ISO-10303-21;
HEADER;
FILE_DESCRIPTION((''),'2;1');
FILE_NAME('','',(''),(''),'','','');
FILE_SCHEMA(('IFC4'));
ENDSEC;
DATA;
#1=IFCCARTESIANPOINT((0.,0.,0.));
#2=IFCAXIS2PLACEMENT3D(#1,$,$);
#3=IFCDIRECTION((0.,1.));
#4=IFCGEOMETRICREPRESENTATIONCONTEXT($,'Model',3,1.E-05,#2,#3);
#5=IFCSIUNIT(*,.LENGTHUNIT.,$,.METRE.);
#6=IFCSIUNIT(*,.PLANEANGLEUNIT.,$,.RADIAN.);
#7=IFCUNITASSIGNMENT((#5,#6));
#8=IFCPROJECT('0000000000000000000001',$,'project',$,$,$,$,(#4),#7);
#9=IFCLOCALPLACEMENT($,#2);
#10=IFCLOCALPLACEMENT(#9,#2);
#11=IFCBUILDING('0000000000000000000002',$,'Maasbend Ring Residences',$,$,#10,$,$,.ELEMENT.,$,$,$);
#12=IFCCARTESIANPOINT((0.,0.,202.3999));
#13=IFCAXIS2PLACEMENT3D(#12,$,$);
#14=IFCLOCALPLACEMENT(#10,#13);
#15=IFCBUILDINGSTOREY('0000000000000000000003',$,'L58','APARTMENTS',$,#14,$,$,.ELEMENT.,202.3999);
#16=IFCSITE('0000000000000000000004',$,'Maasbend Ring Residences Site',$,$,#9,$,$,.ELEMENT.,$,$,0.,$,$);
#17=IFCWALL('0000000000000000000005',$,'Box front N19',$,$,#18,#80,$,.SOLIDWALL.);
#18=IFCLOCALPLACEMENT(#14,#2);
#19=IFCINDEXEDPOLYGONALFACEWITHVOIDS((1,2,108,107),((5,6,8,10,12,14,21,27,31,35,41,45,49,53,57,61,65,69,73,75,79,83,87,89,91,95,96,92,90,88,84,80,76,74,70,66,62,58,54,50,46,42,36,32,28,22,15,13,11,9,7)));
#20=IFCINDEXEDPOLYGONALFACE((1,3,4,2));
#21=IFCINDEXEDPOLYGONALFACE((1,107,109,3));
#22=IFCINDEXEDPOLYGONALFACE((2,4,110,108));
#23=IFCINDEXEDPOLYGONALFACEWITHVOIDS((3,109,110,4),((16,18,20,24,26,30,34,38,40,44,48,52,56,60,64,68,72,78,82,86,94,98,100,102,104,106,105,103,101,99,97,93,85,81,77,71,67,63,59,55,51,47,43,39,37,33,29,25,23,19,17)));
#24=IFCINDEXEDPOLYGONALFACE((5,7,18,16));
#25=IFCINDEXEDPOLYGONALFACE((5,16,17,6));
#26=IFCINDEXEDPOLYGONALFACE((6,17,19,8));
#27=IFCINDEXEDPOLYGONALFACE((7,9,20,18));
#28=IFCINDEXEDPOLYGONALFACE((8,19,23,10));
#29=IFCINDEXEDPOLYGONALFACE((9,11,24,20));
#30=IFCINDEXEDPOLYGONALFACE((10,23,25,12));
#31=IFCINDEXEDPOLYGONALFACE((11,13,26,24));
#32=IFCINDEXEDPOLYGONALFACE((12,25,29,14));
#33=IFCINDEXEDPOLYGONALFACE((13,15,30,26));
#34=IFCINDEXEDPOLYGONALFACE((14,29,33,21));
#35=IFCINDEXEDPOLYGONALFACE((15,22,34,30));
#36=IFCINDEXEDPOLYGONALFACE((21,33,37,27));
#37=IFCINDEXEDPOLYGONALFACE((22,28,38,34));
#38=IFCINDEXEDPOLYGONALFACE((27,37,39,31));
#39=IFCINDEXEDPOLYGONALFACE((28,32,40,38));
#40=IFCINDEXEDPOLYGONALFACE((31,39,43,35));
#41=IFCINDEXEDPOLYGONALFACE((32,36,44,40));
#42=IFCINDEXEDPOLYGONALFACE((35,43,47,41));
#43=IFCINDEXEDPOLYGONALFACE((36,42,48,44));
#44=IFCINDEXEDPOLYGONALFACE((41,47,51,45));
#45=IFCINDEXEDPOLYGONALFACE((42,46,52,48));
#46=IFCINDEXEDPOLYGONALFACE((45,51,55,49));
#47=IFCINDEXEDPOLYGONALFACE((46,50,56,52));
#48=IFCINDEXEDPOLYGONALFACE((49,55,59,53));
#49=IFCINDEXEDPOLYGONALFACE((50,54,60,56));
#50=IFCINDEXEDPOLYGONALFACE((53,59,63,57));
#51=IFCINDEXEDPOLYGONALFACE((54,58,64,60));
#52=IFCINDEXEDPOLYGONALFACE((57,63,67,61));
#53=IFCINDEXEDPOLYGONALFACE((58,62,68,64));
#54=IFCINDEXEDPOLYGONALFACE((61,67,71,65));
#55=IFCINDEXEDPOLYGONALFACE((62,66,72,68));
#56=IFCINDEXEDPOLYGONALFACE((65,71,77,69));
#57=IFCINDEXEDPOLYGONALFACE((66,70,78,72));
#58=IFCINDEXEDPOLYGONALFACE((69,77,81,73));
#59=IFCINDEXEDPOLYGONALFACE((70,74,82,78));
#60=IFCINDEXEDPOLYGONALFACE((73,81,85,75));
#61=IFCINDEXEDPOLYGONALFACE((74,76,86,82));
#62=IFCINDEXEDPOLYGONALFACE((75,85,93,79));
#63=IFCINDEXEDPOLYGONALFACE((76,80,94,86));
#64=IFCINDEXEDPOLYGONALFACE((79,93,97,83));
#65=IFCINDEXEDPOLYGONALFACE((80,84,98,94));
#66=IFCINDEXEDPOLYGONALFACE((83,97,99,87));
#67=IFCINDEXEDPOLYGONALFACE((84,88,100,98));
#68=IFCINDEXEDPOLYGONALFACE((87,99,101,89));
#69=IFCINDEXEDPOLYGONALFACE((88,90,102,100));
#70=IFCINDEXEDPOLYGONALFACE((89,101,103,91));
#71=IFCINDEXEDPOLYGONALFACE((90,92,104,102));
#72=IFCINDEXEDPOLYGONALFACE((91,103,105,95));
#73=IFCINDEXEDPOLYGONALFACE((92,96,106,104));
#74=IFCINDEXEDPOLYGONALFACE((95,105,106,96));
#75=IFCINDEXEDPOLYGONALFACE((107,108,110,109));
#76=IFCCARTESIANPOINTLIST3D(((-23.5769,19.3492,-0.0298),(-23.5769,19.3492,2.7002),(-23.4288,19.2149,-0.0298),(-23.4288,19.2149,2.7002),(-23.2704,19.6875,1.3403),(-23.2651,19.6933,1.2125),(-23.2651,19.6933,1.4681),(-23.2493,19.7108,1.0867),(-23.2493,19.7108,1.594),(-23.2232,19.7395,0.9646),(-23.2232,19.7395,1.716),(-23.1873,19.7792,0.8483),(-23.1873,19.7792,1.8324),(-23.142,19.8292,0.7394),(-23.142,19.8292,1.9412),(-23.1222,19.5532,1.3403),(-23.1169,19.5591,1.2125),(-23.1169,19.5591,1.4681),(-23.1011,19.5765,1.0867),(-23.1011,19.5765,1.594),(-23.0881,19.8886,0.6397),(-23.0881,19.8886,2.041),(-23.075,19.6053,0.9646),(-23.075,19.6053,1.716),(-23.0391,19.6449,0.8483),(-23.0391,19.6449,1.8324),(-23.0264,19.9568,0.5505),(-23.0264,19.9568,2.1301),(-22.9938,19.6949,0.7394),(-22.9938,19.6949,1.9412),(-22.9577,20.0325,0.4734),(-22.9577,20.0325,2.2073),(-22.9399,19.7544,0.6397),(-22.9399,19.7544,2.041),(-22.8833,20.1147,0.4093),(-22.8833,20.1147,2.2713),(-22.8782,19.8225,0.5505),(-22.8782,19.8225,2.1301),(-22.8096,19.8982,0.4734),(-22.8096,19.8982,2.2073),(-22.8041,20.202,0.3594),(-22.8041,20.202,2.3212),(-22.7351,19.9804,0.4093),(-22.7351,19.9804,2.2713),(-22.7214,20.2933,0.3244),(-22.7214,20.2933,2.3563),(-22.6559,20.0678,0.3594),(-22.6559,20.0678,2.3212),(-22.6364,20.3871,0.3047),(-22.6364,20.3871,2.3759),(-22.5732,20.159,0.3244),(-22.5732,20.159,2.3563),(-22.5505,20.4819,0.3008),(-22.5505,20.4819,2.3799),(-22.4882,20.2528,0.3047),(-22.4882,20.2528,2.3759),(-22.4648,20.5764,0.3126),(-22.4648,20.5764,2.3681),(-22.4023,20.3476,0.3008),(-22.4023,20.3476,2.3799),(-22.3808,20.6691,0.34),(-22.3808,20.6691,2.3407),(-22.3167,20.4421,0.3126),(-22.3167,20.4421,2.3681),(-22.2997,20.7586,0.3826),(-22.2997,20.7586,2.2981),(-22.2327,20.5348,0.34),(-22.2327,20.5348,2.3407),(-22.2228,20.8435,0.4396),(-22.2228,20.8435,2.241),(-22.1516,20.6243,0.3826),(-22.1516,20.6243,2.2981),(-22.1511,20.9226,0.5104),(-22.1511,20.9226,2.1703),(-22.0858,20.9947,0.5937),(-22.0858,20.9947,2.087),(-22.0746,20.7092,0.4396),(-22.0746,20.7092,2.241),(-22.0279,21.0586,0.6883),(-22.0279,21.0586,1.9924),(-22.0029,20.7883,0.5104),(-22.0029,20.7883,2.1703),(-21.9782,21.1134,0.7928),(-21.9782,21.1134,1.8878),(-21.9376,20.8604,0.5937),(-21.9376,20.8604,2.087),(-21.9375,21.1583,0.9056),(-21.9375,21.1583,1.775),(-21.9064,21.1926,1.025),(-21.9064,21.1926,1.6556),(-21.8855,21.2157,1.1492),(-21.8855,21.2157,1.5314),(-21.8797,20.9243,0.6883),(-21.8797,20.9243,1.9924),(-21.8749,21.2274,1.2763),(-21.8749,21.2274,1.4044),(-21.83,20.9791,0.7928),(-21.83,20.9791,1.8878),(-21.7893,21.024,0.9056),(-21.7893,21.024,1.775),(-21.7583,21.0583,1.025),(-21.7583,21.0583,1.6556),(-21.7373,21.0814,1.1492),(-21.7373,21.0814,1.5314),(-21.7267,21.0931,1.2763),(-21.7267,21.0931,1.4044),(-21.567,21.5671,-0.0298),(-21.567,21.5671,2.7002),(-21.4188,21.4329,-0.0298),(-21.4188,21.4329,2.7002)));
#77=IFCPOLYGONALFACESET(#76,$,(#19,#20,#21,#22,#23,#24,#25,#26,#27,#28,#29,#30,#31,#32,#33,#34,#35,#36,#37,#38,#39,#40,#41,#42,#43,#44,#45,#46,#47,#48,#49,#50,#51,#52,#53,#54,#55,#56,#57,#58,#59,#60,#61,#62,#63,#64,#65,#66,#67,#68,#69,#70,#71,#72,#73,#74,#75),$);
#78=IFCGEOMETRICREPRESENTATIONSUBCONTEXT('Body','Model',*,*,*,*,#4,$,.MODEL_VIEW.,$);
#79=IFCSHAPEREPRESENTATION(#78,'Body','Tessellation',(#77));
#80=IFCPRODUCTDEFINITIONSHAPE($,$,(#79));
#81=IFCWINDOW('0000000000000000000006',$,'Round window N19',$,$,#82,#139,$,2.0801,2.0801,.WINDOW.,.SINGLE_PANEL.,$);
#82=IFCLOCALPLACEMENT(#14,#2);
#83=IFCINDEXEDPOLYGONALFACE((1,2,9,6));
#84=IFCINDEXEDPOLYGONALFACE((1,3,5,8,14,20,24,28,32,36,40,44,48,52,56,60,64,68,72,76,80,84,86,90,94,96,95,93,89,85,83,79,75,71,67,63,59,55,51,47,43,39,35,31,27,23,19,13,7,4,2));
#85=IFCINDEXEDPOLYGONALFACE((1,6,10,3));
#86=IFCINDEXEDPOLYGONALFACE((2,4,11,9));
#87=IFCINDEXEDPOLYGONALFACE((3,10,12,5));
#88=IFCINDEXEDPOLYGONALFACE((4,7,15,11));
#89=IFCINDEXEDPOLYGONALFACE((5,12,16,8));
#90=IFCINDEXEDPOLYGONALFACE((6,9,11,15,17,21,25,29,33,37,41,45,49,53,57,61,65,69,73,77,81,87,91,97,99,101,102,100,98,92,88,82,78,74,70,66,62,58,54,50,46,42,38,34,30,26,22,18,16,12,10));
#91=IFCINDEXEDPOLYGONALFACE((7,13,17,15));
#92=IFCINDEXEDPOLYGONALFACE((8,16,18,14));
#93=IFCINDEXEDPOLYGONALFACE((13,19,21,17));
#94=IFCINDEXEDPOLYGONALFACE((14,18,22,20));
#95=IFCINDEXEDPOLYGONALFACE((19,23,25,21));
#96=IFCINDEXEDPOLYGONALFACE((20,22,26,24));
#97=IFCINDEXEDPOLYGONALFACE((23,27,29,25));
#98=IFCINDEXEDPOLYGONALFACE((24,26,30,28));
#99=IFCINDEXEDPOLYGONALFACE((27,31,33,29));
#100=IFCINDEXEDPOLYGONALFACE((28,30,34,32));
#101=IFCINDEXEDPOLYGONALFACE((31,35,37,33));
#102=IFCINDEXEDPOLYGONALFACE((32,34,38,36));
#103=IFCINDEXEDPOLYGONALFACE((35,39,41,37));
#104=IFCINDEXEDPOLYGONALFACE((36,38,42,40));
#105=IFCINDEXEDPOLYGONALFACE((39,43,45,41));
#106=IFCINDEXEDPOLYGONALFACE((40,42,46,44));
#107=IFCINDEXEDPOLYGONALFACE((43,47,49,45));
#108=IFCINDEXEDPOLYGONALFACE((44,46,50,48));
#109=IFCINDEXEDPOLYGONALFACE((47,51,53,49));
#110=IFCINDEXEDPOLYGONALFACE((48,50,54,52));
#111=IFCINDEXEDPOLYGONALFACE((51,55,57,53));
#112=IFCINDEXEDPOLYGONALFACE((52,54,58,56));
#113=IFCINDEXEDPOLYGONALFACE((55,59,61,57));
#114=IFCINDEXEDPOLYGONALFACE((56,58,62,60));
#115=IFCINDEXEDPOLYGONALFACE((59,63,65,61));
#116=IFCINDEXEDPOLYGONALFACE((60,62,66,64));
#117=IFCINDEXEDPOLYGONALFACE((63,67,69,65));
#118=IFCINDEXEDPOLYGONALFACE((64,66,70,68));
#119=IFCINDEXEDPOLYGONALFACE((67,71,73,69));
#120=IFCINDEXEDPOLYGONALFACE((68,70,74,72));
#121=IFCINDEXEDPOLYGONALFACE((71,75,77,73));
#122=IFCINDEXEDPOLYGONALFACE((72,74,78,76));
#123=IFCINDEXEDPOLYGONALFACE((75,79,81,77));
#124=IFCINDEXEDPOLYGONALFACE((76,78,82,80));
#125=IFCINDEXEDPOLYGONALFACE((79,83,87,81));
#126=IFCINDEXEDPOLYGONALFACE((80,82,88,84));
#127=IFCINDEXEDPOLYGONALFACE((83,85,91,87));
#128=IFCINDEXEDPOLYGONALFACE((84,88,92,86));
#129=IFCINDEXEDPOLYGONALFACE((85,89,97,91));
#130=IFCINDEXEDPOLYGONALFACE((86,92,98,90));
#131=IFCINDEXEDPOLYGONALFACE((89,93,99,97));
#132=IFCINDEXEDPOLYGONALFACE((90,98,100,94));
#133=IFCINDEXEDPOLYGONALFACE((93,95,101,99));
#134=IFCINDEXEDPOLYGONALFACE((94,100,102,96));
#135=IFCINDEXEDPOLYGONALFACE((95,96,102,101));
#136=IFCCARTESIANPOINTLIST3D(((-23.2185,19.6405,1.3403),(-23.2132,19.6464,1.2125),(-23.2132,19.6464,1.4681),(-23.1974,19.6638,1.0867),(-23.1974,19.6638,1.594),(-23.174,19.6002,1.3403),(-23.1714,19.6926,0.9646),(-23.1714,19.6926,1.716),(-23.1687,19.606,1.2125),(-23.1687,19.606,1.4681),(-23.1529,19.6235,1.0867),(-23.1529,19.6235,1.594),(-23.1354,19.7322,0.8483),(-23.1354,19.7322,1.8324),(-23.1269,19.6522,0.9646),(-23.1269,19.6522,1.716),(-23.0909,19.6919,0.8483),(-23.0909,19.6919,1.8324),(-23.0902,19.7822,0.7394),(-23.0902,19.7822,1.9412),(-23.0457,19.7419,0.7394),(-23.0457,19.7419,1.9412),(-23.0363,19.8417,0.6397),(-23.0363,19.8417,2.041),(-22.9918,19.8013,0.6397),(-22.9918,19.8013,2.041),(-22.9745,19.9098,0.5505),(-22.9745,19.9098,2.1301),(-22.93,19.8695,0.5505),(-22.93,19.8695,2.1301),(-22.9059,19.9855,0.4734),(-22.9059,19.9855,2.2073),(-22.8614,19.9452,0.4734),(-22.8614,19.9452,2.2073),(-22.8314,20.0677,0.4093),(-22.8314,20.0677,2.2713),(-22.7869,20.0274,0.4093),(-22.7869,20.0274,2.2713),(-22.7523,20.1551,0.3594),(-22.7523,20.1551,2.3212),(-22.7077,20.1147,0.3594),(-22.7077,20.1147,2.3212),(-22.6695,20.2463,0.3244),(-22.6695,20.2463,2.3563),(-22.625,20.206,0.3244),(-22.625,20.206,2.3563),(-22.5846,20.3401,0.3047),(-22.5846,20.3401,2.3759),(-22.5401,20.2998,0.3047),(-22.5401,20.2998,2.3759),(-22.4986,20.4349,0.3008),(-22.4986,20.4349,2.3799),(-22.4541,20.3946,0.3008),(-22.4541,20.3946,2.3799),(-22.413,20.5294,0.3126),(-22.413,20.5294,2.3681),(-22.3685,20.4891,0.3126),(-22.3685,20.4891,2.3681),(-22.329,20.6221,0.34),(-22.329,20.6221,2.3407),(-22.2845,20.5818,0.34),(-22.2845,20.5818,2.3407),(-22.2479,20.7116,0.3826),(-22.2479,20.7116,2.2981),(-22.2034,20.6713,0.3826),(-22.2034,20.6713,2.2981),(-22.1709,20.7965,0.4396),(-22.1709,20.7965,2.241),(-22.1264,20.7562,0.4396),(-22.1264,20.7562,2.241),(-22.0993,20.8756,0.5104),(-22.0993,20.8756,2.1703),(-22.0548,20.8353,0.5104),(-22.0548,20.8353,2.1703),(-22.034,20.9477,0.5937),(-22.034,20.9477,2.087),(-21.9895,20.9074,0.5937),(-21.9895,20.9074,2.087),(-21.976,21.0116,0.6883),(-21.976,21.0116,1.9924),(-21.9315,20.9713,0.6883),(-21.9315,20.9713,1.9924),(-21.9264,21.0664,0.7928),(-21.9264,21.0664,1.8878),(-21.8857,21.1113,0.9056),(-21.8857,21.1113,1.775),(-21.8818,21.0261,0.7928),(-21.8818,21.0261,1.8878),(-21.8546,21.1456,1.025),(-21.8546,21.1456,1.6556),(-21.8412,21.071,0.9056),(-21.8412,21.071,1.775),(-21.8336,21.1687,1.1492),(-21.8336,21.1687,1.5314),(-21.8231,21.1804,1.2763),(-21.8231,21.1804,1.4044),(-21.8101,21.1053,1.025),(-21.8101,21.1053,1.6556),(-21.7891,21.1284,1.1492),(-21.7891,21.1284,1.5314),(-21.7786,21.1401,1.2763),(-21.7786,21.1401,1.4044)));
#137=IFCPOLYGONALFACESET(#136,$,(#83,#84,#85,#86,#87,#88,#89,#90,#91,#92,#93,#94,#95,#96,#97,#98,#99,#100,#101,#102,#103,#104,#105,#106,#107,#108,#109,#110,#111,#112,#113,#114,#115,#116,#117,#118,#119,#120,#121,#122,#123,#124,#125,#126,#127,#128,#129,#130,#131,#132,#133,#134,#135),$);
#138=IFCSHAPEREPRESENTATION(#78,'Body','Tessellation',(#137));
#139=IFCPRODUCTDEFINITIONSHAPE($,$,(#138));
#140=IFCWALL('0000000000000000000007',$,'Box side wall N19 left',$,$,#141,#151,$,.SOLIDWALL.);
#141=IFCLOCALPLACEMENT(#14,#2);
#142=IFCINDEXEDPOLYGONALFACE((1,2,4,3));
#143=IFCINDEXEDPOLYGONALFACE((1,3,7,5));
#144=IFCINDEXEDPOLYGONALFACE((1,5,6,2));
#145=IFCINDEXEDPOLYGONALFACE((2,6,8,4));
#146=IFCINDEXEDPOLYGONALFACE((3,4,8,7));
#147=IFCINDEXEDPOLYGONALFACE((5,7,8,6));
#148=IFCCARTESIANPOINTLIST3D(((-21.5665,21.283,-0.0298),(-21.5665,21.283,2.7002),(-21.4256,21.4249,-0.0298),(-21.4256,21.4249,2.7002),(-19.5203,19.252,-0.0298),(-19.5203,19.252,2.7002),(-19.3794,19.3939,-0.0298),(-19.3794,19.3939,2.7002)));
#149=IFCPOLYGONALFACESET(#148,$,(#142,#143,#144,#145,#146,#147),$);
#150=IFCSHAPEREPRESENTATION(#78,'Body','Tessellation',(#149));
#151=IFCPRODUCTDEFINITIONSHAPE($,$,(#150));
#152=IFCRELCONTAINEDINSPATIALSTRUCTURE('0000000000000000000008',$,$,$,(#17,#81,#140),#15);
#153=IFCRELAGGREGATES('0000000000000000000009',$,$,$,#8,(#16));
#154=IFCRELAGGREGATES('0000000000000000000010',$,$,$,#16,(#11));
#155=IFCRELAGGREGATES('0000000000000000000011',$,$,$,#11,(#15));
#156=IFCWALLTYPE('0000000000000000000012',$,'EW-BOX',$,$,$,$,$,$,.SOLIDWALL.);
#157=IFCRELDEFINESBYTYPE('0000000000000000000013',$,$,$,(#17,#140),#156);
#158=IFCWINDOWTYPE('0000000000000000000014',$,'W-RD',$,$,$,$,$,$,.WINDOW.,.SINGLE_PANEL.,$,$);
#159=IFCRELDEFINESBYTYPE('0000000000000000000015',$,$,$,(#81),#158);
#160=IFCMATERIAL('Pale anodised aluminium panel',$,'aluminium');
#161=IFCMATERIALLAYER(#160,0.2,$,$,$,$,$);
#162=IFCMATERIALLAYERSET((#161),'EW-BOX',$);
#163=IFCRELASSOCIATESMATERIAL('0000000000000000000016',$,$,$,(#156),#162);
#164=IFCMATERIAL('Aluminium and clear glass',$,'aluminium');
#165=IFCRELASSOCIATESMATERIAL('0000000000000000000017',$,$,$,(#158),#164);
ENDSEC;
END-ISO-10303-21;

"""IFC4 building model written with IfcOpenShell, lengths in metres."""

from ifc_helpers import new_model, si_unit, direction, frame, frame_2d, origin, place, context, subcontext, project, spatial, rectangle, circle, extrude, material, layer, layer_set, type_object, element, fill, save


model = new_model("IFC4")

# Units and contexts
model_context = context("Model", 3, precision=1e-05, world=origin(), true_north=direction((0.0, 1.0)))
body_context = subcontext(model_context, "Body", "Model", "MODEL_VIEW")
ifc_project = project(units=[si_unit("LENGTHUNIT", "METRE"), si_unit("PLANEANGLEUNIT", "RADIAN")], contexts=[model_context])

# Site, building, storey
site_placement = place(None, origin())
site = spatial("IfcSite", under=ifc_project, at=site_placement, Name="Maasbend Ring Residences Site", CompositionType="ELEMENT", RefElevation=0.0)
building_placement = place(site_placement, origin())
building = spatial("IfcBuilding", under=site, at=building_placement, Name="Maasbend Ring Residences", CompositionType="ELEMENT")
storey_placement = place(building_placement, frame((0.0, 0.0, 202.3999)))
storey = spatial("IfcBuildingStorey", under=building, at=storey_placement, Name="L58", Description="APARTMENTS", CompositionType="ELEMENT", Elevation=202.3999)

# Shared definitions
ifc_material_1 = material(Name="Pale anodised aluminium panel", Category="aluminium")
ifc_layer_1 = layer(ifc_material_1, 0.2)
ifc_layer_set_1 = layer_set([ifc_layer_1], Name="EW-BOX")
wall_type_1 = type_object("IfcWallType", Name="EW-BOX", PredefinedType="SOLIDWALL", material=ifc_layer_set_1)

# Shared definitions
ifc_material_2 = material(Name="Aluminium and clear glass", Category="aluminium")
window_type_1 = type_object("IfcWindowType", Name="W-RD", PartitioningType="SINGLE_PANEL", PredefinedType="WINDOW", material=ifc_material_2)

# Wall, opening, window
wall_1_placement = place(storey_placement, frame((-21.4929, 21.5, -0.0298), z_axis=(0.0, 0.0, 1.0), x_axis=(-0.671507, -0.740998, 0.0)))
wall_1 = element("IfcWall", 1, at=wall_1_placement, inside=storey, type_object=wall_type_1, Name="Box front N19", PredefinedType="SOLIDWALL", context=body_context, shape_type="SweptSolid", body=[
    extrude(rectangle(XDim=2.9932, YDim=0.2, at=frame_2d((1.4966, 0.0))), origin(), (0.0, 0.0, 1.0), 2.73),
])
opening_1_placement = place(wall_1_placement, frame((0.4565, 0.0, 0.3301)))
opening_1 = element("IfcOpeningElement", 2, at=opening_1_placement, cuts=wall_1, PredefinedType="OPENING", context=body_context, shape_type="SweptSolid", body=[
    extrude(circle(Radius=1.04, at=frame_2d((1.04, 1.04))), frame((0.0, 0.1099, 0.0), z_axis=(0.0, -1.0, 0.0), x_axis=(1.0, 0.0, 0.0)), (0.0, 0.0, 1.0), 0.22),
])
window_1_placement = place(opening_1_placement, origin())
window_1 = element("IfcWindow", 3, at=window_1_placement, inside=storey, type_object=window_type_1, Name="Round window N19", OverallHeight=2.0801, OverallWidth=2.0801, PartitioningType="SINGLE_PANEL", PredefinedType="WINDOW", context=body_context, shape_type="SweptSolid", body=[
    extrude(circle(Radius=1.04, at=frame_2d((1.04, 1.04))), frame((0.0, 0.03, 0.0), z_axis=(0.0, -1.0, 0.0), x_axis=(1.0, 0.0, 0.0)), (0.0, 0.0, 1.0), 0.0601),
])
fill(opening_1, window_1)

# Wall
wall_2_placement = place(storey_placement, frame((-19.45, 19.323, -0.0298), z_axis=(0.0, 0.0, 1.0), x_axis=(-0.709727, 0.704477, 0.0)))
element("IfcWall", 4, at=wall_2_placement, inside=storey, type_object=wall_type_1, Name="Box side wall N19 left", PredefinedType="SOLIDWALL", context=body_context, shape_type="SweptSolid", body=[
    extrude(rectangle(XDim=2.8831, YDim=0.2, at=frame_2d((1.4414, 0.0))), origin(), (0.0, 0.0, 1.0), 2.73),
])

save(model, "model.ifc")
